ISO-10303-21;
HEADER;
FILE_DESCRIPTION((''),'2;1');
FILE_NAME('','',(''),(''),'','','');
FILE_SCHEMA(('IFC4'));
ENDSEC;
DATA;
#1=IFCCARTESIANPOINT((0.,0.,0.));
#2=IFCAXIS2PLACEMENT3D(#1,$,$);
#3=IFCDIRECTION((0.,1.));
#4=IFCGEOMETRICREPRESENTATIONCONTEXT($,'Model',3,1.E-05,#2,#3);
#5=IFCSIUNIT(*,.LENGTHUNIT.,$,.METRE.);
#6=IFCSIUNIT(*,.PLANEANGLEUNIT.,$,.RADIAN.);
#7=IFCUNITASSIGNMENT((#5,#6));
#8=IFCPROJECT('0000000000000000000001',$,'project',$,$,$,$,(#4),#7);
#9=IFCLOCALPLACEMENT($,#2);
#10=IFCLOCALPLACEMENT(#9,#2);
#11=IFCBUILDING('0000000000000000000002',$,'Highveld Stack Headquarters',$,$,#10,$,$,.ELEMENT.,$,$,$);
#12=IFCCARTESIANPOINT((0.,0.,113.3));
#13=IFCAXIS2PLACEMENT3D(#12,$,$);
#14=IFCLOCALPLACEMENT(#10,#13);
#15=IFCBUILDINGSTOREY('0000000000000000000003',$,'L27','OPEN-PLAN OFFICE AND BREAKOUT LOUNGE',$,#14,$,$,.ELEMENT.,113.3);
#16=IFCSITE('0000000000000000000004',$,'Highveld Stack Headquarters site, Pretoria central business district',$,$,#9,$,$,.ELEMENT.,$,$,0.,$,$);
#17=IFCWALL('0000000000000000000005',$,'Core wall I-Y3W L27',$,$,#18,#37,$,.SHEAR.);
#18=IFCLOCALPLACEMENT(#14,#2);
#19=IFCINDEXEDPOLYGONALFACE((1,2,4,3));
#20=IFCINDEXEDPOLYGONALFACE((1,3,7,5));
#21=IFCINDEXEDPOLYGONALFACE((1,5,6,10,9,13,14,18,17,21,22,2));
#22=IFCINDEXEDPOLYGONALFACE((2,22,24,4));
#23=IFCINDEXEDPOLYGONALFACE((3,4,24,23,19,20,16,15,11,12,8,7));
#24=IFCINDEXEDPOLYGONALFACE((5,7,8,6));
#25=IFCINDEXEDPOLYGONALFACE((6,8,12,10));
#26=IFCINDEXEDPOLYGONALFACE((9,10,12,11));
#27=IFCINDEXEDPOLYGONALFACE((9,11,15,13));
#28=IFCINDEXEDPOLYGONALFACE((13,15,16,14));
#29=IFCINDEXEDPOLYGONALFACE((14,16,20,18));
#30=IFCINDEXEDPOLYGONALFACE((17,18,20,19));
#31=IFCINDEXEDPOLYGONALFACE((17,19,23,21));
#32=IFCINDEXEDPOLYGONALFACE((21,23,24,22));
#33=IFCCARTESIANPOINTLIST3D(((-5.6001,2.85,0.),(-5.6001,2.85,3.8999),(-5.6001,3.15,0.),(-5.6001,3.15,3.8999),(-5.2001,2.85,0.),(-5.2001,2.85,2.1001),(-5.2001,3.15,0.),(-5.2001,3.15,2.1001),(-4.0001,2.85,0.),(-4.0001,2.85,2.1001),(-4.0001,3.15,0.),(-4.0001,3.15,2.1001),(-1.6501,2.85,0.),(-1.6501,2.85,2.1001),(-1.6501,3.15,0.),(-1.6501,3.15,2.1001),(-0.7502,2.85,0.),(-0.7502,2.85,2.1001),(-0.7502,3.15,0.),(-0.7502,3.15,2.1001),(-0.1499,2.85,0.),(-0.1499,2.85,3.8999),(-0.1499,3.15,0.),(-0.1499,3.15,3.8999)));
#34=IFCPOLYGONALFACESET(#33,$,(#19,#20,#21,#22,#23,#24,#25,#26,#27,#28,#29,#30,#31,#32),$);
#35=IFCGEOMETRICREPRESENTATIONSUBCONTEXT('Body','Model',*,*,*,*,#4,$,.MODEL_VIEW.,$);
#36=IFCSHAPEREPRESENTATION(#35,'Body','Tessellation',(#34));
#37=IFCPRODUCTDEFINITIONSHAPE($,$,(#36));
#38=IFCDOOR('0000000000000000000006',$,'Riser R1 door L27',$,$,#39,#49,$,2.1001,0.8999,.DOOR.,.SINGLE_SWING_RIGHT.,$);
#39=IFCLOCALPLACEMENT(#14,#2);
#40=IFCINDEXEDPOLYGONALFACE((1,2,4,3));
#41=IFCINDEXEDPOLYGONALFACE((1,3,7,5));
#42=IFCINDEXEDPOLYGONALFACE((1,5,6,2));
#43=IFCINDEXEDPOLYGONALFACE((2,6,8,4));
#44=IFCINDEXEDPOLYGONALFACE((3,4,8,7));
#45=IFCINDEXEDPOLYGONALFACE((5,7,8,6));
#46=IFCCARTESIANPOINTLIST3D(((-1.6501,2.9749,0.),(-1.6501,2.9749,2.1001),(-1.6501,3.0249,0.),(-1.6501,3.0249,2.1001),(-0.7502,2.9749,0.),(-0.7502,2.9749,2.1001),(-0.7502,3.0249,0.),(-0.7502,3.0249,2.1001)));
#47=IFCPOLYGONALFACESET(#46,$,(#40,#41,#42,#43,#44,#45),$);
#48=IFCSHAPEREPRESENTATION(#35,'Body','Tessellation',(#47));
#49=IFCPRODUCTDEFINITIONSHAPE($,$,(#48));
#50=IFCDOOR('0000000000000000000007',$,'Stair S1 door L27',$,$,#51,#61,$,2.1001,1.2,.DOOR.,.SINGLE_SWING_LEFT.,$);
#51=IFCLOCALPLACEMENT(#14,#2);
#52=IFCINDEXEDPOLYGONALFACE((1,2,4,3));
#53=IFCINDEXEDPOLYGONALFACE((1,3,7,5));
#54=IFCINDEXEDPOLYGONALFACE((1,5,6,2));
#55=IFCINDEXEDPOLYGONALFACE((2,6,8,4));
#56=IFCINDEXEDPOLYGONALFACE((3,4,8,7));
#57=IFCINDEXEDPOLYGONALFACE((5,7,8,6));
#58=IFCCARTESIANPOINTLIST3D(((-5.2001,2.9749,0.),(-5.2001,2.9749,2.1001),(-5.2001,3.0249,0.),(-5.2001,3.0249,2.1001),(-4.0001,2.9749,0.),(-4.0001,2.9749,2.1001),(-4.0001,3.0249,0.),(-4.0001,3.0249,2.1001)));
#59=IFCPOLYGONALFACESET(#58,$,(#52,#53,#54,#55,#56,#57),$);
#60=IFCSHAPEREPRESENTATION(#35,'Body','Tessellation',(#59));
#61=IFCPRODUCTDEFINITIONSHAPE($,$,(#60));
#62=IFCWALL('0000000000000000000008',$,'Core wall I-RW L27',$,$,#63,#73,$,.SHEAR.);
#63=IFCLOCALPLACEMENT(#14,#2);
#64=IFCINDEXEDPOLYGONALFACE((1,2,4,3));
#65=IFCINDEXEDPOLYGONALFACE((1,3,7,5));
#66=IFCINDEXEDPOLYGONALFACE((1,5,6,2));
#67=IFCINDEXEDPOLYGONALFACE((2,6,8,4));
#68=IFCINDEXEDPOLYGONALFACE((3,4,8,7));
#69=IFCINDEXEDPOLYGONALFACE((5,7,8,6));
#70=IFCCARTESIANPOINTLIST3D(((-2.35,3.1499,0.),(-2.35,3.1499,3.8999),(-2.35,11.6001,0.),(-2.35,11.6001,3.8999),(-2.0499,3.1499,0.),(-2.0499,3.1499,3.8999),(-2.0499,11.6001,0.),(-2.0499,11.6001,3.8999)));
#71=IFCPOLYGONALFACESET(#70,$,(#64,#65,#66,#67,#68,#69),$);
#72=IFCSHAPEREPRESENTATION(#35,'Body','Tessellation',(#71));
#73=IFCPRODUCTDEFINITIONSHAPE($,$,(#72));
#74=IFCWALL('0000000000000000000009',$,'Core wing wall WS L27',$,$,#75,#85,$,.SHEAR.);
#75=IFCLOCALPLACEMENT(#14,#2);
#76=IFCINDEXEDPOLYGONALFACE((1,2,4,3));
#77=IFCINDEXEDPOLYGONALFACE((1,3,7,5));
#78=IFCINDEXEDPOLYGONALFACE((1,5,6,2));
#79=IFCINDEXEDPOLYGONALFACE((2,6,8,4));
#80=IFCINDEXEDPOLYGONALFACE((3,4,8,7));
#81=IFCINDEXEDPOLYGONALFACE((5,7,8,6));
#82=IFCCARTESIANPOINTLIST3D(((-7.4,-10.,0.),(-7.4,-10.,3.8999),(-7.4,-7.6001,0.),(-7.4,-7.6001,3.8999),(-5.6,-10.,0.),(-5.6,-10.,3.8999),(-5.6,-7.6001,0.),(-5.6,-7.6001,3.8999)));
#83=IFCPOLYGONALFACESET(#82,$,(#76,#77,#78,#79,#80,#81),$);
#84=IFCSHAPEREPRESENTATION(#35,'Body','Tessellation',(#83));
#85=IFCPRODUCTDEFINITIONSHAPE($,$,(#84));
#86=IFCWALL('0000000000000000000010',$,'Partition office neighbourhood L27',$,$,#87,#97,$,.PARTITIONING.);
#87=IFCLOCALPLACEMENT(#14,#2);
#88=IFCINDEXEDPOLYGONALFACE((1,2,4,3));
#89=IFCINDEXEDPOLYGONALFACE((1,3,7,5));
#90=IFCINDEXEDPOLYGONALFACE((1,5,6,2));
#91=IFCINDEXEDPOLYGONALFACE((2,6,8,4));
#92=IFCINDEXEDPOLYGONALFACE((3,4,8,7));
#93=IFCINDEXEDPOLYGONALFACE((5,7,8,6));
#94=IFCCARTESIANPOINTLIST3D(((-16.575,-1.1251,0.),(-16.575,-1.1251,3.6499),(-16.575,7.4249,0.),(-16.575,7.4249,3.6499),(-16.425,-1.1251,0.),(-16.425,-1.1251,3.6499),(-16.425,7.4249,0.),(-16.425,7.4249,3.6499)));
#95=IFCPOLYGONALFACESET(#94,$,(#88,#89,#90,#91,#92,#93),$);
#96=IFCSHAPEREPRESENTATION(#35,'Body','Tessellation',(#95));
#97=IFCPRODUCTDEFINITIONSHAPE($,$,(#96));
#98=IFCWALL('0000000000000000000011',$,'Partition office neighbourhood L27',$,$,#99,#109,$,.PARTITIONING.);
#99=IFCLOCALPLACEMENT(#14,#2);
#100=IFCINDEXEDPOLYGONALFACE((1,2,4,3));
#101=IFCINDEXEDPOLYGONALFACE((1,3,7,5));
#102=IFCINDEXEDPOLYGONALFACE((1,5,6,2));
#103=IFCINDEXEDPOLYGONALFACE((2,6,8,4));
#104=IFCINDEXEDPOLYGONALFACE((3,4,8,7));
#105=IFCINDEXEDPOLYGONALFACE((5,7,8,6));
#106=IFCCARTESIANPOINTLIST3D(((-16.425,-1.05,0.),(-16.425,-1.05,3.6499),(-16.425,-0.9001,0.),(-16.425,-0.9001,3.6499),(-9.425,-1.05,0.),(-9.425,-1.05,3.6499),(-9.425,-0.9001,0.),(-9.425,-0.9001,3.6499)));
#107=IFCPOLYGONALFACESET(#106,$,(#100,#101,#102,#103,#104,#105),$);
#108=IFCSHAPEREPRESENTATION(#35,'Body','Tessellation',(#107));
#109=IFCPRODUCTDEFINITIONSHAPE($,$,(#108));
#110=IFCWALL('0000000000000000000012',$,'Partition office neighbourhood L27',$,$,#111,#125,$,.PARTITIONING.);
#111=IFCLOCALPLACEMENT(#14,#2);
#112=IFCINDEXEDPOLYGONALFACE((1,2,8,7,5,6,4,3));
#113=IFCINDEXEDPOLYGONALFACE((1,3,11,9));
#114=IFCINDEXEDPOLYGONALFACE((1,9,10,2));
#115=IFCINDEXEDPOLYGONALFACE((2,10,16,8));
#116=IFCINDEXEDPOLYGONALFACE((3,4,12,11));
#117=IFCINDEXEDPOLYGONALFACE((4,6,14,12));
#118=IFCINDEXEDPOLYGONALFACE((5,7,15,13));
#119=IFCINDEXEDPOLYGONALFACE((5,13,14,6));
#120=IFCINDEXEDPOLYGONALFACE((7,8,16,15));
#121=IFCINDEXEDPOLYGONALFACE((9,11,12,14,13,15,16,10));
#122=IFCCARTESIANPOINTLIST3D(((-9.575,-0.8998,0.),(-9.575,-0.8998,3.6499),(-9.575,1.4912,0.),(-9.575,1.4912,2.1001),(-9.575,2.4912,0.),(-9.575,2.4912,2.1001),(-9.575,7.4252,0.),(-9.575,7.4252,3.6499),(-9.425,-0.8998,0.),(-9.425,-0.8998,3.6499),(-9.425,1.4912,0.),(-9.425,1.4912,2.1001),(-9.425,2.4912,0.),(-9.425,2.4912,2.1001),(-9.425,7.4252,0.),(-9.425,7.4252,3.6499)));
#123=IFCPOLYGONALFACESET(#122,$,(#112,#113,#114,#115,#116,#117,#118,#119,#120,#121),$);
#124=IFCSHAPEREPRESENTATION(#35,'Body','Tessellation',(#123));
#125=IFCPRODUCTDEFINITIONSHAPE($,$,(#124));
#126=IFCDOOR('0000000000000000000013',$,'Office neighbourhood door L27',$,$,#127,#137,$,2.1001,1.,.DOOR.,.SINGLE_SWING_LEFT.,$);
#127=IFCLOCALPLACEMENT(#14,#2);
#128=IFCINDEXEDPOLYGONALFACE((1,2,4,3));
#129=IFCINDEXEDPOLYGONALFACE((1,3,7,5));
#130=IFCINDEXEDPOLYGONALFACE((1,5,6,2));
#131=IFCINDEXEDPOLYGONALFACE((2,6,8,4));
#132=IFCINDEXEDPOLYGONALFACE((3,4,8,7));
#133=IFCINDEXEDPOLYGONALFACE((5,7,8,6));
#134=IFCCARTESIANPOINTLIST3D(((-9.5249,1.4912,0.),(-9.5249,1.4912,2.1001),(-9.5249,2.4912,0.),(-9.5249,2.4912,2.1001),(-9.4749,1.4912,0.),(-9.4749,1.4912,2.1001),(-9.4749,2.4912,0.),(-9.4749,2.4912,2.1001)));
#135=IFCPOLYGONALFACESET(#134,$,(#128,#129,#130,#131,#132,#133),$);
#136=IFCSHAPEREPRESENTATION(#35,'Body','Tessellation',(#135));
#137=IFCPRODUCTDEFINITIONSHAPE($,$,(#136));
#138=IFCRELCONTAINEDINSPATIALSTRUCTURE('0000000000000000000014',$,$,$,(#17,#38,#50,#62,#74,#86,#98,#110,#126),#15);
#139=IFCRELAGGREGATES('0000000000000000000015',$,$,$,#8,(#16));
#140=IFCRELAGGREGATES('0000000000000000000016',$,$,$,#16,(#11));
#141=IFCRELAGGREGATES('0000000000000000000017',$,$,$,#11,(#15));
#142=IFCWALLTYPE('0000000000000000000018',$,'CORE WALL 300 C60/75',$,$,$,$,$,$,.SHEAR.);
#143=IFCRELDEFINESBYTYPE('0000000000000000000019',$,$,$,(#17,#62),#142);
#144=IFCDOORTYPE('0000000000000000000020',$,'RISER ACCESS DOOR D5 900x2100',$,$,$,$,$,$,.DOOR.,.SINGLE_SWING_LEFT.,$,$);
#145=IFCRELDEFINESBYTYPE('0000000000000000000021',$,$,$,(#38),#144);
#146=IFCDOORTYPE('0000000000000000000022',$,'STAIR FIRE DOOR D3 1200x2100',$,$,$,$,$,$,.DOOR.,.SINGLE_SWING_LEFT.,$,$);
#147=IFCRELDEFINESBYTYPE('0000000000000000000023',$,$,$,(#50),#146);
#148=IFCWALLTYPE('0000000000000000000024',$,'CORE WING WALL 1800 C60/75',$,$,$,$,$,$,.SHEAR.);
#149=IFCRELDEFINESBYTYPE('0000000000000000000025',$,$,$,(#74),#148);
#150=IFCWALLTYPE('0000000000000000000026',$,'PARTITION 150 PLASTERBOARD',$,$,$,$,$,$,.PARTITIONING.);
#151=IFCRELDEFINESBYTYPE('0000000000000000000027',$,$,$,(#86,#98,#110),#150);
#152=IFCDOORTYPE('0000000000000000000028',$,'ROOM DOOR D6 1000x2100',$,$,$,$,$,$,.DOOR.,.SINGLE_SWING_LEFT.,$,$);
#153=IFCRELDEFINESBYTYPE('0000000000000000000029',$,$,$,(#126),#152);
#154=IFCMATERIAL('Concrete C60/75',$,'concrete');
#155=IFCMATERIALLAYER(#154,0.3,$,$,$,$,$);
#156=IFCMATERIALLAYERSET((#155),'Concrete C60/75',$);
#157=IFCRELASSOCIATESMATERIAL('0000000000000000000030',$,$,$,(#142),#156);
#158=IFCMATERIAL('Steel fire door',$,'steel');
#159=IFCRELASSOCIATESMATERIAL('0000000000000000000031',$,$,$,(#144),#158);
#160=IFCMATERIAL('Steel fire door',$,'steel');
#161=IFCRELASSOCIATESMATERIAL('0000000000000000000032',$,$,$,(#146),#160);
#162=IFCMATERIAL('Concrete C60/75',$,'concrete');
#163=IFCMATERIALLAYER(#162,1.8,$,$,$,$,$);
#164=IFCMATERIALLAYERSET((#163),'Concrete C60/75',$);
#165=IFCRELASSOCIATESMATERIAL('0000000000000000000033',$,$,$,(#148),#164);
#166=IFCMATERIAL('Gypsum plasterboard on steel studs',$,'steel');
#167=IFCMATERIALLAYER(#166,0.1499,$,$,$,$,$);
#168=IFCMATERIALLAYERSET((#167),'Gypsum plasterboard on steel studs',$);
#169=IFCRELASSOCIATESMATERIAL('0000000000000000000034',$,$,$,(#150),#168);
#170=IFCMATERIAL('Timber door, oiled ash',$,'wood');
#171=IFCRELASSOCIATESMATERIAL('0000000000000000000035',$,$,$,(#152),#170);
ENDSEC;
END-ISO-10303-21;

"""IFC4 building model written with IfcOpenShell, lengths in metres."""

from ifc_helpers import new_model, si_unit, direction, frame, frame_2d, origin, place, context, subcontext, project, spatial, rectangle, extrude, material, layer, layer_set, type_object, element, fill, save


model = new_model("IFC4")

# Units and contexts
model_context = context("Model", 3, precision=1e-05, world=origin(), true_north=direction((0.0, 1.0)))
body_context = subcontext(model_context, "Body", "Model", "MODEL_VIEW")
ifc_project = project(units=[si_unit("LENGTHUNIT", "METRE"), si_unit("PLANEANGLEUNIT", "RADIAN")], contexts=[model_context])

# Site, building, storey
site_placement = place(None, origin())
site = spatial("IfcSite", under=ifc_project, at=site_placement, Name="Highveld Stack Headquarters site, Pretoria central business district", CompositionType="ELEMENT", RefElevation=0.0)
building_placement = place(site_placement, origin())
building = spatial("IfcBuilding", under=site, at=building_placement, Name="Highveld Stack Headquarters", CompositionType="ELEMENT")
storey_placement = place(building_placement, frame((0.0, 0.0, 113.3)))
storey = spatial("IfcBuildingStorey", under=building, at=storey_placement, Name="L27", Description="OPEN-PLAN OFFICE AND BREAKOUT LOUNGE", CompositionType="ELEMENT", Elevation=113.3)

# Wall, openings, doors
ifc_material_1 = material(Name="Concrete C60/75", Category="concrete")
ifc_layer_1 = layer(ifc_material_1, 0.3)
ifc_layer_set_1 = layer_set([ifc_layer_1], Name="Concrete C60/75")
wall_type_1 = type_object("IfcWallType", Name="CORE WALL 300 C60/75", PredefinedType="SHEAR", material=ifc_layer_set_1)
wall_1_placement = place(storey_placement, frame((-5.6001, 3.0, 0.0), z_axis=(0.0, 0.0, 1.0), x_axis=(1.0, 0.0, 0.0)))
wall_1 = element("IfcWall", 1, at=wall_1_placement, inside=storey, type_object=wall_type_1, Name="Core wall I-Y3W L27", PredefinedType="SHEAR", context=body_context, shape_type="SweptSolid", body=[
    extrude(rectangle(XDim=5.4502, YDim=0.3, at=frame_2d((2.7251, 0.0))), origin(), (0.0, 0.0, 1.0), 3.8999),
])
opening_1_placement = place(wall_1_placement, frame((0.3999, 0.0, 0.0)))
opening_1 = element("IfcOpeningElement", 2, at=opening_1_placement, cuts=wall_1, PredefinedType="OPENING", context=body_context, shape_type="SweptSolid", body=[
    extrude(rectangle(XDim=1.2, YDim=2.1001, at=frame_2d((0.6001, 1.05))), frame((0.0, 0.1599, 0.0), z_axis=(0.0, -1.0, 0.0), x_axis=(1.0, 0.0, 0.0)), (0.0, 0.0, 1.0), 0.3201),
])
opening_2_placement = place(wall_1_placement, frame((3.95, 0.0, 0.0)))
opening_2 = element("IfcOpeningElement", 3, at=opening_2_placement, cuts=wall_1, PredefinedType="OPENING", context=body_context, shape_type="SweptSolid", body=[
    extrude(rectangle(XDim=0.8999, YDim=2.1001, at=frame_2d((0.45, 1.05))), frame((0.0, 0.1599, 0.0), z_axis=(0.0, -1.0, 0.0), x_axis=(1.0, 0.0, 0.0)), (0.0, 0.0, 1.0), 0.3201),
])
ifc_material_2 = material(Name="Steel fire door", Category="steel")
door_type_1 = type_object("IfcDoorType", Name="RISER ACCESS DOOR D5 900x2100", OperationType="SINGLE_SWING_LEFT", PredefinedType="DOOR", material=ifc_material_2)
door_1_placement = place(opening_2_placement, origin())
door_1 = element("IfcDoor", 4, at=door_1_placement, inside=storey, type_object=door_type_1, Name="Riser R1 door L27", OperationType="SINGLE_SWING_RIGHT", OverallHeight=2.1001, OverallWidth=0.8999, PredefinedType="DOOR", context=body_context, shape_type="SweptSolid", body=[
    extrude(rectangle(XDim=0.8999, YDim=2.1001, at=frame_2d((0.45, 1.05))), frame((0.0, 0.0249, 0.0), z_axis=(0.0, -1.0, 0.0), x_axis=(1.0, 0.0, 0.0)), (0.0, 0.0, 1.0), 0.05),
])
fill(opening_2, door_1)
ifc_material_3 = material(Name="Steel fire door", Category="steel")
door_type_2 = type_object("IfcDoorType", Name="STAIR FIRE DOOR D3 1200x2100", OperationType="SINGLE_SWING_LEFT", PredefinedType="DOOR", material=ifc_material_3)
door_2_placement = place(opening_1_placement, origin())
door_2 = element("IfcDoor", 5, at=door_2_placement, inside=storey, type_object=door_type_2, Name="Stair S1 door L27", OperationType="SINGLE_SWING_LEFT", OverallHeight=2.1001, OverallWidth=1.2, PredefinedType="DOOR", context=body_context, shape_type="SweptSolid", body=[
    extrude(rectangle(XDim=1.2, YDim=2.1001, at=frame_2d((0.6001, 1.05))), frame((0.0, 0.0249, 0.0), z_axis=(0.0, -1.0, 0.0), x_axis=(1.0, 0.0, 0.0)), (0.0, 0.0, 1.0), 0.05),
])
fill(opening_1, door_2)

# Walls
wall_2_placement = place(storey_placement, frame((-2.2, 3.1499, 0.0), z_axis=(0.0, 0.0, 1.0), x_axis=(0.0, 1.0, 0.0)))
element("IfcWall", 6, at=wall_2_placement, inside=storey, type_object=wall_type_1, Name="Core wall I-RW L27", PredefinedType="SHEAR", context=body_context, shape_type="SweptSolid", body=[
    extrude(rectangle(XDim=8.4502, YDim=0.3, at=frame_2d((4.2251, 0.0))), origin(), (0.0, 0.0, 1.0), 3.8999),
])
ifc_material_4 = material(Name="Concrete C60/75", Category="concrete")
ifc_layer_2 = layer(ifc_material_4, 1.8)
ifc_layer_set_2 = layer_set([ifc_layer_2], Name="Concrete C60/75")
wall_type_2 = type_object("IfcWallType", Name="CORE WING WALL 1800 C60/75", PredefinedType="SHEAR", material=ifc_layer_set_2)
wall_3_placement = place(storey_placement, frame((-6.5, -10.0, 0.0), z_axis=(0.0, 0.0, 1.0), x_axis=(0.0, 1.0, 0.0)))
element("IfcWall", 7, at=wall_3_placement, inside=storey, type_object=wall_type_2, Name="Core wing wall WS L27", PredefinedType="SHEAR", context=body_context, shape_type="SweptSolid", body=[
    extrude(rectangle(XDim=2.3999, YDim=1.8, at=frame_2d((1.2, 0.0))), origin(), (0.0, 0.0, 1.0), 3.8999),
])
ifc_material_5 = material(Name="Gypsum plasterboard on steel studs", Category="steel")
ifc_layer_3 = layer(ifc_material_5, 0.1499)
ifc_layer_set_3 = layer_set([ifc_layer_3], Name="Gypsum plasterboard on steel studs")
wall_type_3 = type_object("IfcWallType", Name="PARTITION 150 PLASTERBOARD", PredefinedType="PARTITIONING", material=ifc_layer_set_3)
wall_4_placement = place(storey_placement, frame((-16.5, -1.125, 0.0), z_axis=(0.0, 0.0, 1.0), x_axis=(0.0, 1.0, 0.0)))
element("IfcWall", 8, at=wall_4_placement, inside=storey, type_object=wall_type_3, Name="Partition office neighbourhood L27", PredefinedType="PARTITIONING", context=body_context, shape_type="SweptSolid", body=[
    extrude(rectangle(XDim=8.55, YDim=0.1499, at=frame_2d((4.2749, 0.0))), origin(), (0.0, 0.0, 1.0), 3.6499),
])
wall_5_placement = place(storey_placement, frame((-16.425, -0.9751, 0.0), z_axis=(0.0, 0.0, 1.0), x_axis=(1.0, 0.0, 0.0)))
element("IfcWall", 9, at=wall_5_placement, inside=storey, type_object=wall_type_3, Name="Partition office neighbourhood L27", PredefinedType="PARTITIONING", context=body_context, shape_type="SweptSolid", body=[
    extrude(rectangle(XDim=7.0, YDim=0.1499, at=frame_2d((3.5, 0.0))), origin(), (0.0, 0.0, 1.0), 3.6499),
])

# Wall, opening, door
wall_6_placement = place(storey_placement, frame((-9.5, -0.8999, 0.0), z_axis=(0.0, 0.0, 1.0), x_axis=(0.0, 1.0, 0.0)))
wall_6 = element("IfcWall", 10, at=wall_6_placement, inside=storey, type_object=wall_type_3, Name="Partition office neighbourhood L27", PredefinedType="PARTITIONING", context=body_context, shape_type="SweptSolid", body=[
    extrude(rectangle(XDim=8.325, YDim=0.1499, at=frame_2d((4.1626, 0.0))), origin(), (0.0, 0.0, 1.0), 3.6499),
])
opening_3_placement = place(wall_6_placement, frame((2.3911, 0.0, 0.0)))
opening_3 = element("IfcOpeningElement", 11, at=opening_3_placement, cuts=wall_6, PredefinedType="OPENING", context=body_context, shape_type="SweptSolid", body=[
    extrude(rectangle(XDim=1.0, YDim=2.1001, at=frame_2d((0.5, 1.05))), frame((0.0, 0.085, 0.0), z_axis=(0.0, -1.0, 0.0), x_axis=(1.0, 0.0, 0.0)), (0.0, 0.0, 1.0), 0.1699),
])
ifc_material_6 = material(Name="Timber door, oiled ash", Category="wood")
door_type_3 = type_object("IfcDoorType", Name="ROOM DOOR D6 1000x2100", OperationType="SINGLE_SWING_LEFT", PredefinedType="DOOR", material=ifc_material_6)
door_3_placement = place(opening_3_placement, origin())
door_3 = element("IfcDoor", 12, at=door_3_placement, inside=storey, type_object=door_type_3, Name="Office neighbourhood door L27", OperationType="SINGLE_SWING_LEFT", OverallHeight=2.1001, OverallWidth=1.0, PredefinedType="DOOR", context=body_context, shape_type="SweptSolid", body=[
    extrude(rectangle(XDim=1.0, YDim=2.1001, at=frame_2d((0.5, 1.05))), frame((0.0, 0.0249, 0.0), z_axis=(0.0, -1.0, 0.0), x_axis=(1.0, 0.0, 0.0)), (0.0, 0.0, 1.0), 0.05),
])
fill(opening_3, door_3)

save(model, "model.ifc")
